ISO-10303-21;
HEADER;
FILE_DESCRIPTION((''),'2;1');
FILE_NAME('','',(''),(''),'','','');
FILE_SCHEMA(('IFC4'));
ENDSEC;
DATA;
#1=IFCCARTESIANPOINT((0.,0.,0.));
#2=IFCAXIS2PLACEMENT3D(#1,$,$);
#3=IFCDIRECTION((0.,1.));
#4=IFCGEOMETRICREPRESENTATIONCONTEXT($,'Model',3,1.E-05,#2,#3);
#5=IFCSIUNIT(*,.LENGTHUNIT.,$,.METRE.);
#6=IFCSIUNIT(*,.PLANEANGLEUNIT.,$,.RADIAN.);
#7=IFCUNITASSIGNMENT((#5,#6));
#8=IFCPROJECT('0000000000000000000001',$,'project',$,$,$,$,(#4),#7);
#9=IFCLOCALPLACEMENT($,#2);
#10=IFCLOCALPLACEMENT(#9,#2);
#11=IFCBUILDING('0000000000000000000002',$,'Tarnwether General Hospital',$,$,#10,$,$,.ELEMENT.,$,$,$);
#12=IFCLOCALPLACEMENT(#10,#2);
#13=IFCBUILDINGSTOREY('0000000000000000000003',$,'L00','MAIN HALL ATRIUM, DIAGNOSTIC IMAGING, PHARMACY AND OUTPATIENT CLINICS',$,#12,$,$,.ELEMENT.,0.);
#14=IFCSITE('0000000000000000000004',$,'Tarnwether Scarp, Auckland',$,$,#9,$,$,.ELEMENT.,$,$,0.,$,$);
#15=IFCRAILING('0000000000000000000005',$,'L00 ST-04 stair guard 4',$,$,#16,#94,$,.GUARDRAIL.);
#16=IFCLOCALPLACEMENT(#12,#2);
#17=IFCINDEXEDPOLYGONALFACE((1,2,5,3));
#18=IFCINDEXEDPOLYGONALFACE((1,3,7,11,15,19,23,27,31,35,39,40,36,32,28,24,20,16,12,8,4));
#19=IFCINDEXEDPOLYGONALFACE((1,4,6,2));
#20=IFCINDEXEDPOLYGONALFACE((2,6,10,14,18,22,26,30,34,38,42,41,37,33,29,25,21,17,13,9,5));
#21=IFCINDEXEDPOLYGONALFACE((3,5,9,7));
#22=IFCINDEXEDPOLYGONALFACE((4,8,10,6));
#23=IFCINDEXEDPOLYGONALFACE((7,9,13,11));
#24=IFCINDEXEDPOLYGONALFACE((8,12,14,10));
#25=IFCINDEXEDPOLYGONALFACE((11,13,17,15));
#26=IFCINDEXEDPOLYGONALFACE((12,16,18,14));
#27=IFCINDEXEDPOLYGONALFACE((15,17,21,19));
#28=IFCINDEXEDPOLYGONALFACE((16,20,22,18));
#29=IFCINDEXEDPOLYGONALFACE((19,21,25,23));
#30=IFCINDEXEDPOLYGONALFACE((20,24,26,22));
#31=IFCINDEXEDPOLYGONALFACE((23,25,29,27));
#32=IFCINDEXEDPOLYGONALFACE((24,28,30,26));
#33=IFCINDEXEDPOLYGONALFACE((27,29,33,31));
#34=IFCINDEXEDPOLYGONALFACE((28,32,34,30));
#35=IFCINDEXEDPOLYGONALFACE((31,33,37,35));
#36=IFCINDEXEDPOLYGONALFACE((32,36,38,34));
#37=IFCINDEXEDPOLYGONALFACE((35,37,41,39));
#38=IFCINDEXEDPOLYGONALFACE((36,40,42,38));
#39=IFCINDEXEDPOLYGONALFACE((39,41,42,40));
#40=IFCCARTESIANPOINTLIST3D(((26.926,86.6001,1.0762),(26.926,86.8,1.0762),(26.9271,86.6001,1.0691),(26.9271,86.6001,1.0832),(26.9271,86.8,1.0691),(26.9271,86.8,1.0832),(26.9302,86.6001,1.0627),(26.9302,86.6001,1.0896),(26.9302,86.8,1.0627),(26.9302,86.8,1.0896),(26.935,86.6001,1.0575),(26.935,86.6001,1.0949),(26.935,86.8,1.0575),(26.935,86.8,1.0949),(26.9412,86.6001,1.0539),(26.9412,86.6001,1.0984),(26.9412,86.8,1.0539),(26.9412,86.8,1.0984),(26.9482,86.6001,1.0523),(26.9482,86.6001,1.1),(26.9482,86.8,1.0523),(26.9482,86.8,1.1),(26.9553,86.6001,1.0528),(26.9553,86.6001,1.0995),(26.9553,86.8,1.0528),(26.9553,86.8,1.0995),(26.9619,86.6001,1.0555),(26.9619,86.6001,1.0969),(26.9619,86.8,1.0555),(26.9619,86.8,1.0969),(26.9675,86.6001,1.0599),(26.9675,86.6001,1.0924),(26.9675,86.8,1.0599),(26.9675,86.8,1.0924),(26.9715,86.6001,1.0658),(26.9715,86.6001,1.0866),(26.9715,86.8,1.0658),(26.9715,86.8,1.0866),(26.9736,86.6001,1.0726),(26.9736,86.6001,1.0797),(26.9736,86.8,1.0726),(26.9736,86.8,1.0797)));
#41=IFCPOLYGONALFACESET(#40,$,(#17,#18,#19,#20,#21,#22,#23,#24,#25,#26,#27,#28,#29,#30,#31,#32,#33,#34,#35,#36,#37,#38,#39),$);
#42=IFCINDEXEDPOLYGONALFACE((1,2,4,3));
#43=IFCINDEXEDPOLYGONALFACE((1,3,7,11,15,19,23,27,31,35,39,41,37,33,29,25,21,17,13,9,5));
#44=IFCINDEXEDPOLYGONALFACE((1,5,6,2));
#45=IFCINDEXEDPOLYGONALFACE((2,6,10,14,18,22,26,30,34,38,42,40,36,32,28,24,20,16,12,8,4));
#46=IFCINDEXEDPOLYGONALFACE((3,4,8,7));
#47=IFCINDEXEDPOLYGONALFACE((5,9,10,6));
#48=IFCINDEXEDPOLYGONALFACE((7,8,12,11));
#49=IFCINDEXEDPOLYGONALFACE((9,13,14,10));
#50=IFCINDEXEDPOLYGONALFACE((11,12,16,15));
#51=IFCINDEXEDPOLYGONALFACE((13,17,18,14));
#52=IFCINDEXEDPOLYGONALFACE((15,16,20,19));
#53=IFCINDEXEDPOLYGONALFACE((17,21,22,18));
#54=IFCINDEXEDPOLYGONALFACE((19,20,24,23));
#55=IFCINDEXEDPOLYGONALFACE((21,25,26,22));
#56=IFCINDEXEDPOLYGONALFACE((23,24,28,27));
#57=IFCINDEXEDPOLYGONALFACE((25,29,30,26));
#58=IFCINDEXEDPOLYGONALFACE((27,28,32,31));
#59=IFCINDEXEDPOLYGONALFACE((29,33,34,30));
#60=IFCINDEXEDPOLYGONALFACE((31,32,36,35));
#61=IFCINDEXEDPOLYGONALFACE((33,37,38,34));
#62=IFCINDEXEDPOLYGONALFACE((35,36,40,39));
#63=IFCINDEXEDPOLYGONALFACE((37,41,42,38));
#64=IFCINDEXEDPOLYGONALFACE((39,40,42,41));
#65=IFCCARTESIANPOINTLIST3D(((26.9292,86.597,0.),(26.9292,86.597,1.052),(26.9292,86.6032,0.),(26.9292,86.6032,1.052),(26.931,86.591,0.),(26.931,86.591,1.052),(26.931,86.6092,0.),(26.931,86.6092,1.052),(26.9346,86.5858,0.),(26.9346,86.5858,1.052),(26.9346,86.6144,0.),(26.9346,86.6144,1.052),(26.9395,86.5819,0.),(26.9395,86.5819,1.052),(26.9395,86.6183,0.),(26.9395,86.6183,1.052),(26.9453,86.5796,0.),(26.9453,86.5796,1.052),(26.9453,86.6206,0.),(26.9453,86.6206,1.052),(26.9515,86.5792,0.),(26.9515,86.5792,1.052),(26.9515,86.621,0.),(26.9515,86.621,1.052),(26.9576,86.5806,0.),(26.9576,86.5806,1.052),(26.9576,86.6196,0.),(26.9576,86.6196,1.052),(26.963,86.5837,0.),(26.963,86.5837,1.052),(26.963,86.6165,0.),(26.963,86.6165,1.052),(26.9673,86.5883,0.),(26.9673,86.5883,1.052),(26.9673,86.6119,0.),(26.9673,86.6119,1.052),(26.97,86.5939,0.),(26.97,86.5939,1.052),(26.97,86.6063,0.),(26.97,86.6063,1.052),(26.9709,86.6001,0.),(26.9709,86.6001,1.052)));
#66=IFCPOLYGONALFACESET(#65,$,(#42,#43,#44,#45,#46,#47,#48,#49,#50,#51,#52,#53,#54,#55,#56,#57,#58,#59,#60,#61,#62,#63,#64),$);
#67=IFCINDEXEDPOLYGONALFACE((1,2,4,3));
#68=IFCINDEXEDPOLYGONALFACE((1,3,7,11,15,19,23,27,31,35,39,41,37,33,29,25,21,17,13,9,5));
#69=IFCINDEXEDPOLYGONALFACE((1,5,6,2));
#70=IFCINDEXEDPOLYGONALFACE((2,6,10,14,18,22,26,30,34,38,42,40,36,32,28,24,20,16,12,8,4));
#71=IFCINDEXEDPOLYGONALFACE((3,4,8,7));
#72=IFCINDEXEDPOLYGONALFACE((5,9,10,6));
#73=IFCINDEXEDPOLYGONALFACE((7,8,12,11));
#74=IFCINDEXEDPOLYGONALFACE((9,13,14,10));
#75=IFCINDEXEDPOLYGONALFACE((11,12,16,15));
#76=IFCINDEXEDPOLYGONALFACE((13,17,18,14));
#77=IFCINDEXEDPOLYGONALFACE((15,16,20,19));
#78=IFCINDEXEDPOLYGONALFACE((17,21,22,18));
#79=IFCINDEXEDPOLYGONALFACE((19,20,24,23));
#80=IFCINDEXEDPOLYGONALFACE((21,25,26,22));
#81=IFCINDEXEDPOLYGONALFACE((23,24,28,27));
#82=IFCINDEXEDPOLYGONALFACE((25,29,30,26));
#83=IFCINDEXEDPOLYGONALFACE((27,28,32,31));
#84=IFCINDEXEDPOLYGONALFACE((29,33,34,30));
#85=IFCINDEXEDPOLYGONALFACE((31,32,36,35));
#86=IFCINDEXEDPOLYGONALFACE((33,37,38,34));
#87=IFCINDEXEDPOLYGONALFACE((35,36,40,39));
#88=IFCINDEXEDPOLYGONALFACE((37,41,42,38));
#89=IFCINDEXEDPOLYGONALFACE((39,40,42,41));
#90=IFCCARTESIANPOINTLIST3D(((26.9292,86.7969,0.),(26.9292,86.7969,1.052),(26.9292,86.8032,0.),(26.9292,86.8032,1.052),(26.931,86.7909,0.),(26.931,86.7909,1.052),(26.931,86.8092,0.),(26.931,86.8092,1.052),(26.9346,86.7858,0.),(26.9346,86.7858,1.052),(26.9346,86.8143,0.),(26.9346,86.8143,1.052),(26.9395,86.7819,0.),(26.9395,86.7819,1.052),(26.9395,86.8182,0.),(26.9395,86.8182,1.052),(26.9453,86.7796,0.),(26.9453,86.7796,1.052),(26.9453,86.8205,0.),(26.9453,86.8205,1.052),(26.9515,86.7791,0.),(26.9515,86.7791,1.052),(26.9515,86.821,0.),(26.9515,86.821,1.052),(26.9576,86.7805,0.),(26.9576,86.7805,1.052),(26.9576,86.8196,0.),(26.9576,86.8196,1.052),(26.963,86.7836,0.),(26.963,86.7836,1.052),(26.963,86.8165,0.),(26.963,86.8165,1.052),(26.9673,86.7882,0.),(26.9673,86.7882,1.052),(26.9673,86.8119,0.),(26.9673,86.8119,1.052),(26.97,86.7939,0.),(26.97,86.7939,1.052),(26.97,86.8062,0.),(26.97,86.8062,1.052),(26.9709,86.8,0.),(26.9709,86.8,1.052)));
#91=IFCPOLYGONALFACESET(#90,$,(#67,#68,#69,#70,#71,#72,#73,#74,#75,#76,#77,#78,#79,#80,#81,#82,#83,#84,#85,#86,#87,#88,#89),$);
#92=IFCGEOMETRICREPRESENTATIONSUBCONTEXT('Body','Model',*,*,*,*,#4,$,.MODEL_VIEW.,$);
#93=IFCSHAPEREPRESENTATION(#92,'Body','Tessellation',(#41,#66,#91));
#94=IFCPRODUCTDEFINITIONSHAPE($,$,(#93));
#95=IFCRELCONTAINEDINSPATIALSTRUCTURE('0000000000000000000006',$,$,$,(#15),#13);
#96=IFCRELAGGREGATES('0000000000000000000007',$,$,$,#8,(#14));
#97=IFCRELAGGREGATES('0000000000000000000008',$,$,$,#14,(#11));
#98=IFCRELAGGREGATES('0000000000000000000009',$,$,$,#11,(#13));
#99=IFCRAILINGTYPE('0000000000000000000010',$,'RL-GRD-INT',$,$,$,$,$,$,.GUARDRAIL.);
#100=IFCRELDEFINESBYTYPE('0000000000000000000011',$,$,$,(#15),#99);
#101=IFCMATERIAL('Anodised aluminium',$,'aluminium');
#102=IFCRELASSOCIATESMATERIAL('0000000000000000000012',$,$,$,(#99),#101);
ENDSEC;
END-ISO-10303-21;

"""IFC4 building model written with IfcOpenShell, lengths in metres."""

from ifc_helpers import new_model, si_unit, direction, frame, origin, origin_2d, place, context, subcontext, project, spatial, circle, extrude, material, type_object, element, save


model = new_model("IFC4")

# Units and contexts
model_context = context("Model", 3, precision=1e-05, world=origin(), true_north=direction((0.0, 1.0)))
body_context = subcontext(model_context, "Body", "Model", "MODEL_VIEW")
ifc_project = project(units=[si_unit("LENGTHUNIT", "METRE"), si_unit("PLANEANGLEUNIT", "RADIAN")], contexts=[model_context])

# Site, building, storey
site_placement = place(None, origin())
site = spatial("IfcSite", under=ifc_project, at=site_placement, Name="Tarnwether Scarp, Auckland", CompositionType="ELEMENT", RefElevation=0.0)
building_placement = place(site_placement, origin())
building = spatial("IfcBuilding", under=site, at=building_placement, Name="Tarnwether General Hospital", CompositionType="ELEMENT")
storey_placement = place(building_placement, origin())
storey = spatial("IfcBuildingStorey", under=building, at=storey_placement, Name="L00", Description="MAIN HALL ATRIUM, DIAGNOSTIC IMAGING, PHARMACY AND OUTPATIENT CLINICS", CompositionType="ELEMENT", Elevation=0.0)

# Railing
ifc_material_1 = material(Name="Anodised aluminium", Category="aluminium")
railing_type = type_object("IfcRailingType", Name="RL-GRD-INT", PredefinedType="GUARDRAIL", material=ifc_material_1)
for number, where, name in (
    (1, (26.95, 86.6001, 0.0), "L00 ST-04 stair guard 4"),
):
    element("IfcRailing", number, at=place(storey_placement, frame(where)), inside=storey, type_object=railing_type, Name=name, PredefinedType="GUARDRAIL", context=body_context, shape_type="SweptSolid", body=[
        extrude(circle(Radius=0.0239, at=origin_2d()), frame((0.0, 0.0, 1.0762), z_axis=(0.0, 1.0, 0.0), x_axis=(-1.0, 0.0, 0.0)), (0.0, 0.0, 1.0), 0.2),
        extrude(circle(Radius=0.021, at=origin_2d()), origin(), (0.0, 0.0, 1.0), 1.052),
        extrude(circle(Radius=0.021, at=origin_2d()), frame((0.0, 0.2, 0.0)), (0.0, 0.0, 1.0), 1.052),
    ])

save(model, "model.ifc")
